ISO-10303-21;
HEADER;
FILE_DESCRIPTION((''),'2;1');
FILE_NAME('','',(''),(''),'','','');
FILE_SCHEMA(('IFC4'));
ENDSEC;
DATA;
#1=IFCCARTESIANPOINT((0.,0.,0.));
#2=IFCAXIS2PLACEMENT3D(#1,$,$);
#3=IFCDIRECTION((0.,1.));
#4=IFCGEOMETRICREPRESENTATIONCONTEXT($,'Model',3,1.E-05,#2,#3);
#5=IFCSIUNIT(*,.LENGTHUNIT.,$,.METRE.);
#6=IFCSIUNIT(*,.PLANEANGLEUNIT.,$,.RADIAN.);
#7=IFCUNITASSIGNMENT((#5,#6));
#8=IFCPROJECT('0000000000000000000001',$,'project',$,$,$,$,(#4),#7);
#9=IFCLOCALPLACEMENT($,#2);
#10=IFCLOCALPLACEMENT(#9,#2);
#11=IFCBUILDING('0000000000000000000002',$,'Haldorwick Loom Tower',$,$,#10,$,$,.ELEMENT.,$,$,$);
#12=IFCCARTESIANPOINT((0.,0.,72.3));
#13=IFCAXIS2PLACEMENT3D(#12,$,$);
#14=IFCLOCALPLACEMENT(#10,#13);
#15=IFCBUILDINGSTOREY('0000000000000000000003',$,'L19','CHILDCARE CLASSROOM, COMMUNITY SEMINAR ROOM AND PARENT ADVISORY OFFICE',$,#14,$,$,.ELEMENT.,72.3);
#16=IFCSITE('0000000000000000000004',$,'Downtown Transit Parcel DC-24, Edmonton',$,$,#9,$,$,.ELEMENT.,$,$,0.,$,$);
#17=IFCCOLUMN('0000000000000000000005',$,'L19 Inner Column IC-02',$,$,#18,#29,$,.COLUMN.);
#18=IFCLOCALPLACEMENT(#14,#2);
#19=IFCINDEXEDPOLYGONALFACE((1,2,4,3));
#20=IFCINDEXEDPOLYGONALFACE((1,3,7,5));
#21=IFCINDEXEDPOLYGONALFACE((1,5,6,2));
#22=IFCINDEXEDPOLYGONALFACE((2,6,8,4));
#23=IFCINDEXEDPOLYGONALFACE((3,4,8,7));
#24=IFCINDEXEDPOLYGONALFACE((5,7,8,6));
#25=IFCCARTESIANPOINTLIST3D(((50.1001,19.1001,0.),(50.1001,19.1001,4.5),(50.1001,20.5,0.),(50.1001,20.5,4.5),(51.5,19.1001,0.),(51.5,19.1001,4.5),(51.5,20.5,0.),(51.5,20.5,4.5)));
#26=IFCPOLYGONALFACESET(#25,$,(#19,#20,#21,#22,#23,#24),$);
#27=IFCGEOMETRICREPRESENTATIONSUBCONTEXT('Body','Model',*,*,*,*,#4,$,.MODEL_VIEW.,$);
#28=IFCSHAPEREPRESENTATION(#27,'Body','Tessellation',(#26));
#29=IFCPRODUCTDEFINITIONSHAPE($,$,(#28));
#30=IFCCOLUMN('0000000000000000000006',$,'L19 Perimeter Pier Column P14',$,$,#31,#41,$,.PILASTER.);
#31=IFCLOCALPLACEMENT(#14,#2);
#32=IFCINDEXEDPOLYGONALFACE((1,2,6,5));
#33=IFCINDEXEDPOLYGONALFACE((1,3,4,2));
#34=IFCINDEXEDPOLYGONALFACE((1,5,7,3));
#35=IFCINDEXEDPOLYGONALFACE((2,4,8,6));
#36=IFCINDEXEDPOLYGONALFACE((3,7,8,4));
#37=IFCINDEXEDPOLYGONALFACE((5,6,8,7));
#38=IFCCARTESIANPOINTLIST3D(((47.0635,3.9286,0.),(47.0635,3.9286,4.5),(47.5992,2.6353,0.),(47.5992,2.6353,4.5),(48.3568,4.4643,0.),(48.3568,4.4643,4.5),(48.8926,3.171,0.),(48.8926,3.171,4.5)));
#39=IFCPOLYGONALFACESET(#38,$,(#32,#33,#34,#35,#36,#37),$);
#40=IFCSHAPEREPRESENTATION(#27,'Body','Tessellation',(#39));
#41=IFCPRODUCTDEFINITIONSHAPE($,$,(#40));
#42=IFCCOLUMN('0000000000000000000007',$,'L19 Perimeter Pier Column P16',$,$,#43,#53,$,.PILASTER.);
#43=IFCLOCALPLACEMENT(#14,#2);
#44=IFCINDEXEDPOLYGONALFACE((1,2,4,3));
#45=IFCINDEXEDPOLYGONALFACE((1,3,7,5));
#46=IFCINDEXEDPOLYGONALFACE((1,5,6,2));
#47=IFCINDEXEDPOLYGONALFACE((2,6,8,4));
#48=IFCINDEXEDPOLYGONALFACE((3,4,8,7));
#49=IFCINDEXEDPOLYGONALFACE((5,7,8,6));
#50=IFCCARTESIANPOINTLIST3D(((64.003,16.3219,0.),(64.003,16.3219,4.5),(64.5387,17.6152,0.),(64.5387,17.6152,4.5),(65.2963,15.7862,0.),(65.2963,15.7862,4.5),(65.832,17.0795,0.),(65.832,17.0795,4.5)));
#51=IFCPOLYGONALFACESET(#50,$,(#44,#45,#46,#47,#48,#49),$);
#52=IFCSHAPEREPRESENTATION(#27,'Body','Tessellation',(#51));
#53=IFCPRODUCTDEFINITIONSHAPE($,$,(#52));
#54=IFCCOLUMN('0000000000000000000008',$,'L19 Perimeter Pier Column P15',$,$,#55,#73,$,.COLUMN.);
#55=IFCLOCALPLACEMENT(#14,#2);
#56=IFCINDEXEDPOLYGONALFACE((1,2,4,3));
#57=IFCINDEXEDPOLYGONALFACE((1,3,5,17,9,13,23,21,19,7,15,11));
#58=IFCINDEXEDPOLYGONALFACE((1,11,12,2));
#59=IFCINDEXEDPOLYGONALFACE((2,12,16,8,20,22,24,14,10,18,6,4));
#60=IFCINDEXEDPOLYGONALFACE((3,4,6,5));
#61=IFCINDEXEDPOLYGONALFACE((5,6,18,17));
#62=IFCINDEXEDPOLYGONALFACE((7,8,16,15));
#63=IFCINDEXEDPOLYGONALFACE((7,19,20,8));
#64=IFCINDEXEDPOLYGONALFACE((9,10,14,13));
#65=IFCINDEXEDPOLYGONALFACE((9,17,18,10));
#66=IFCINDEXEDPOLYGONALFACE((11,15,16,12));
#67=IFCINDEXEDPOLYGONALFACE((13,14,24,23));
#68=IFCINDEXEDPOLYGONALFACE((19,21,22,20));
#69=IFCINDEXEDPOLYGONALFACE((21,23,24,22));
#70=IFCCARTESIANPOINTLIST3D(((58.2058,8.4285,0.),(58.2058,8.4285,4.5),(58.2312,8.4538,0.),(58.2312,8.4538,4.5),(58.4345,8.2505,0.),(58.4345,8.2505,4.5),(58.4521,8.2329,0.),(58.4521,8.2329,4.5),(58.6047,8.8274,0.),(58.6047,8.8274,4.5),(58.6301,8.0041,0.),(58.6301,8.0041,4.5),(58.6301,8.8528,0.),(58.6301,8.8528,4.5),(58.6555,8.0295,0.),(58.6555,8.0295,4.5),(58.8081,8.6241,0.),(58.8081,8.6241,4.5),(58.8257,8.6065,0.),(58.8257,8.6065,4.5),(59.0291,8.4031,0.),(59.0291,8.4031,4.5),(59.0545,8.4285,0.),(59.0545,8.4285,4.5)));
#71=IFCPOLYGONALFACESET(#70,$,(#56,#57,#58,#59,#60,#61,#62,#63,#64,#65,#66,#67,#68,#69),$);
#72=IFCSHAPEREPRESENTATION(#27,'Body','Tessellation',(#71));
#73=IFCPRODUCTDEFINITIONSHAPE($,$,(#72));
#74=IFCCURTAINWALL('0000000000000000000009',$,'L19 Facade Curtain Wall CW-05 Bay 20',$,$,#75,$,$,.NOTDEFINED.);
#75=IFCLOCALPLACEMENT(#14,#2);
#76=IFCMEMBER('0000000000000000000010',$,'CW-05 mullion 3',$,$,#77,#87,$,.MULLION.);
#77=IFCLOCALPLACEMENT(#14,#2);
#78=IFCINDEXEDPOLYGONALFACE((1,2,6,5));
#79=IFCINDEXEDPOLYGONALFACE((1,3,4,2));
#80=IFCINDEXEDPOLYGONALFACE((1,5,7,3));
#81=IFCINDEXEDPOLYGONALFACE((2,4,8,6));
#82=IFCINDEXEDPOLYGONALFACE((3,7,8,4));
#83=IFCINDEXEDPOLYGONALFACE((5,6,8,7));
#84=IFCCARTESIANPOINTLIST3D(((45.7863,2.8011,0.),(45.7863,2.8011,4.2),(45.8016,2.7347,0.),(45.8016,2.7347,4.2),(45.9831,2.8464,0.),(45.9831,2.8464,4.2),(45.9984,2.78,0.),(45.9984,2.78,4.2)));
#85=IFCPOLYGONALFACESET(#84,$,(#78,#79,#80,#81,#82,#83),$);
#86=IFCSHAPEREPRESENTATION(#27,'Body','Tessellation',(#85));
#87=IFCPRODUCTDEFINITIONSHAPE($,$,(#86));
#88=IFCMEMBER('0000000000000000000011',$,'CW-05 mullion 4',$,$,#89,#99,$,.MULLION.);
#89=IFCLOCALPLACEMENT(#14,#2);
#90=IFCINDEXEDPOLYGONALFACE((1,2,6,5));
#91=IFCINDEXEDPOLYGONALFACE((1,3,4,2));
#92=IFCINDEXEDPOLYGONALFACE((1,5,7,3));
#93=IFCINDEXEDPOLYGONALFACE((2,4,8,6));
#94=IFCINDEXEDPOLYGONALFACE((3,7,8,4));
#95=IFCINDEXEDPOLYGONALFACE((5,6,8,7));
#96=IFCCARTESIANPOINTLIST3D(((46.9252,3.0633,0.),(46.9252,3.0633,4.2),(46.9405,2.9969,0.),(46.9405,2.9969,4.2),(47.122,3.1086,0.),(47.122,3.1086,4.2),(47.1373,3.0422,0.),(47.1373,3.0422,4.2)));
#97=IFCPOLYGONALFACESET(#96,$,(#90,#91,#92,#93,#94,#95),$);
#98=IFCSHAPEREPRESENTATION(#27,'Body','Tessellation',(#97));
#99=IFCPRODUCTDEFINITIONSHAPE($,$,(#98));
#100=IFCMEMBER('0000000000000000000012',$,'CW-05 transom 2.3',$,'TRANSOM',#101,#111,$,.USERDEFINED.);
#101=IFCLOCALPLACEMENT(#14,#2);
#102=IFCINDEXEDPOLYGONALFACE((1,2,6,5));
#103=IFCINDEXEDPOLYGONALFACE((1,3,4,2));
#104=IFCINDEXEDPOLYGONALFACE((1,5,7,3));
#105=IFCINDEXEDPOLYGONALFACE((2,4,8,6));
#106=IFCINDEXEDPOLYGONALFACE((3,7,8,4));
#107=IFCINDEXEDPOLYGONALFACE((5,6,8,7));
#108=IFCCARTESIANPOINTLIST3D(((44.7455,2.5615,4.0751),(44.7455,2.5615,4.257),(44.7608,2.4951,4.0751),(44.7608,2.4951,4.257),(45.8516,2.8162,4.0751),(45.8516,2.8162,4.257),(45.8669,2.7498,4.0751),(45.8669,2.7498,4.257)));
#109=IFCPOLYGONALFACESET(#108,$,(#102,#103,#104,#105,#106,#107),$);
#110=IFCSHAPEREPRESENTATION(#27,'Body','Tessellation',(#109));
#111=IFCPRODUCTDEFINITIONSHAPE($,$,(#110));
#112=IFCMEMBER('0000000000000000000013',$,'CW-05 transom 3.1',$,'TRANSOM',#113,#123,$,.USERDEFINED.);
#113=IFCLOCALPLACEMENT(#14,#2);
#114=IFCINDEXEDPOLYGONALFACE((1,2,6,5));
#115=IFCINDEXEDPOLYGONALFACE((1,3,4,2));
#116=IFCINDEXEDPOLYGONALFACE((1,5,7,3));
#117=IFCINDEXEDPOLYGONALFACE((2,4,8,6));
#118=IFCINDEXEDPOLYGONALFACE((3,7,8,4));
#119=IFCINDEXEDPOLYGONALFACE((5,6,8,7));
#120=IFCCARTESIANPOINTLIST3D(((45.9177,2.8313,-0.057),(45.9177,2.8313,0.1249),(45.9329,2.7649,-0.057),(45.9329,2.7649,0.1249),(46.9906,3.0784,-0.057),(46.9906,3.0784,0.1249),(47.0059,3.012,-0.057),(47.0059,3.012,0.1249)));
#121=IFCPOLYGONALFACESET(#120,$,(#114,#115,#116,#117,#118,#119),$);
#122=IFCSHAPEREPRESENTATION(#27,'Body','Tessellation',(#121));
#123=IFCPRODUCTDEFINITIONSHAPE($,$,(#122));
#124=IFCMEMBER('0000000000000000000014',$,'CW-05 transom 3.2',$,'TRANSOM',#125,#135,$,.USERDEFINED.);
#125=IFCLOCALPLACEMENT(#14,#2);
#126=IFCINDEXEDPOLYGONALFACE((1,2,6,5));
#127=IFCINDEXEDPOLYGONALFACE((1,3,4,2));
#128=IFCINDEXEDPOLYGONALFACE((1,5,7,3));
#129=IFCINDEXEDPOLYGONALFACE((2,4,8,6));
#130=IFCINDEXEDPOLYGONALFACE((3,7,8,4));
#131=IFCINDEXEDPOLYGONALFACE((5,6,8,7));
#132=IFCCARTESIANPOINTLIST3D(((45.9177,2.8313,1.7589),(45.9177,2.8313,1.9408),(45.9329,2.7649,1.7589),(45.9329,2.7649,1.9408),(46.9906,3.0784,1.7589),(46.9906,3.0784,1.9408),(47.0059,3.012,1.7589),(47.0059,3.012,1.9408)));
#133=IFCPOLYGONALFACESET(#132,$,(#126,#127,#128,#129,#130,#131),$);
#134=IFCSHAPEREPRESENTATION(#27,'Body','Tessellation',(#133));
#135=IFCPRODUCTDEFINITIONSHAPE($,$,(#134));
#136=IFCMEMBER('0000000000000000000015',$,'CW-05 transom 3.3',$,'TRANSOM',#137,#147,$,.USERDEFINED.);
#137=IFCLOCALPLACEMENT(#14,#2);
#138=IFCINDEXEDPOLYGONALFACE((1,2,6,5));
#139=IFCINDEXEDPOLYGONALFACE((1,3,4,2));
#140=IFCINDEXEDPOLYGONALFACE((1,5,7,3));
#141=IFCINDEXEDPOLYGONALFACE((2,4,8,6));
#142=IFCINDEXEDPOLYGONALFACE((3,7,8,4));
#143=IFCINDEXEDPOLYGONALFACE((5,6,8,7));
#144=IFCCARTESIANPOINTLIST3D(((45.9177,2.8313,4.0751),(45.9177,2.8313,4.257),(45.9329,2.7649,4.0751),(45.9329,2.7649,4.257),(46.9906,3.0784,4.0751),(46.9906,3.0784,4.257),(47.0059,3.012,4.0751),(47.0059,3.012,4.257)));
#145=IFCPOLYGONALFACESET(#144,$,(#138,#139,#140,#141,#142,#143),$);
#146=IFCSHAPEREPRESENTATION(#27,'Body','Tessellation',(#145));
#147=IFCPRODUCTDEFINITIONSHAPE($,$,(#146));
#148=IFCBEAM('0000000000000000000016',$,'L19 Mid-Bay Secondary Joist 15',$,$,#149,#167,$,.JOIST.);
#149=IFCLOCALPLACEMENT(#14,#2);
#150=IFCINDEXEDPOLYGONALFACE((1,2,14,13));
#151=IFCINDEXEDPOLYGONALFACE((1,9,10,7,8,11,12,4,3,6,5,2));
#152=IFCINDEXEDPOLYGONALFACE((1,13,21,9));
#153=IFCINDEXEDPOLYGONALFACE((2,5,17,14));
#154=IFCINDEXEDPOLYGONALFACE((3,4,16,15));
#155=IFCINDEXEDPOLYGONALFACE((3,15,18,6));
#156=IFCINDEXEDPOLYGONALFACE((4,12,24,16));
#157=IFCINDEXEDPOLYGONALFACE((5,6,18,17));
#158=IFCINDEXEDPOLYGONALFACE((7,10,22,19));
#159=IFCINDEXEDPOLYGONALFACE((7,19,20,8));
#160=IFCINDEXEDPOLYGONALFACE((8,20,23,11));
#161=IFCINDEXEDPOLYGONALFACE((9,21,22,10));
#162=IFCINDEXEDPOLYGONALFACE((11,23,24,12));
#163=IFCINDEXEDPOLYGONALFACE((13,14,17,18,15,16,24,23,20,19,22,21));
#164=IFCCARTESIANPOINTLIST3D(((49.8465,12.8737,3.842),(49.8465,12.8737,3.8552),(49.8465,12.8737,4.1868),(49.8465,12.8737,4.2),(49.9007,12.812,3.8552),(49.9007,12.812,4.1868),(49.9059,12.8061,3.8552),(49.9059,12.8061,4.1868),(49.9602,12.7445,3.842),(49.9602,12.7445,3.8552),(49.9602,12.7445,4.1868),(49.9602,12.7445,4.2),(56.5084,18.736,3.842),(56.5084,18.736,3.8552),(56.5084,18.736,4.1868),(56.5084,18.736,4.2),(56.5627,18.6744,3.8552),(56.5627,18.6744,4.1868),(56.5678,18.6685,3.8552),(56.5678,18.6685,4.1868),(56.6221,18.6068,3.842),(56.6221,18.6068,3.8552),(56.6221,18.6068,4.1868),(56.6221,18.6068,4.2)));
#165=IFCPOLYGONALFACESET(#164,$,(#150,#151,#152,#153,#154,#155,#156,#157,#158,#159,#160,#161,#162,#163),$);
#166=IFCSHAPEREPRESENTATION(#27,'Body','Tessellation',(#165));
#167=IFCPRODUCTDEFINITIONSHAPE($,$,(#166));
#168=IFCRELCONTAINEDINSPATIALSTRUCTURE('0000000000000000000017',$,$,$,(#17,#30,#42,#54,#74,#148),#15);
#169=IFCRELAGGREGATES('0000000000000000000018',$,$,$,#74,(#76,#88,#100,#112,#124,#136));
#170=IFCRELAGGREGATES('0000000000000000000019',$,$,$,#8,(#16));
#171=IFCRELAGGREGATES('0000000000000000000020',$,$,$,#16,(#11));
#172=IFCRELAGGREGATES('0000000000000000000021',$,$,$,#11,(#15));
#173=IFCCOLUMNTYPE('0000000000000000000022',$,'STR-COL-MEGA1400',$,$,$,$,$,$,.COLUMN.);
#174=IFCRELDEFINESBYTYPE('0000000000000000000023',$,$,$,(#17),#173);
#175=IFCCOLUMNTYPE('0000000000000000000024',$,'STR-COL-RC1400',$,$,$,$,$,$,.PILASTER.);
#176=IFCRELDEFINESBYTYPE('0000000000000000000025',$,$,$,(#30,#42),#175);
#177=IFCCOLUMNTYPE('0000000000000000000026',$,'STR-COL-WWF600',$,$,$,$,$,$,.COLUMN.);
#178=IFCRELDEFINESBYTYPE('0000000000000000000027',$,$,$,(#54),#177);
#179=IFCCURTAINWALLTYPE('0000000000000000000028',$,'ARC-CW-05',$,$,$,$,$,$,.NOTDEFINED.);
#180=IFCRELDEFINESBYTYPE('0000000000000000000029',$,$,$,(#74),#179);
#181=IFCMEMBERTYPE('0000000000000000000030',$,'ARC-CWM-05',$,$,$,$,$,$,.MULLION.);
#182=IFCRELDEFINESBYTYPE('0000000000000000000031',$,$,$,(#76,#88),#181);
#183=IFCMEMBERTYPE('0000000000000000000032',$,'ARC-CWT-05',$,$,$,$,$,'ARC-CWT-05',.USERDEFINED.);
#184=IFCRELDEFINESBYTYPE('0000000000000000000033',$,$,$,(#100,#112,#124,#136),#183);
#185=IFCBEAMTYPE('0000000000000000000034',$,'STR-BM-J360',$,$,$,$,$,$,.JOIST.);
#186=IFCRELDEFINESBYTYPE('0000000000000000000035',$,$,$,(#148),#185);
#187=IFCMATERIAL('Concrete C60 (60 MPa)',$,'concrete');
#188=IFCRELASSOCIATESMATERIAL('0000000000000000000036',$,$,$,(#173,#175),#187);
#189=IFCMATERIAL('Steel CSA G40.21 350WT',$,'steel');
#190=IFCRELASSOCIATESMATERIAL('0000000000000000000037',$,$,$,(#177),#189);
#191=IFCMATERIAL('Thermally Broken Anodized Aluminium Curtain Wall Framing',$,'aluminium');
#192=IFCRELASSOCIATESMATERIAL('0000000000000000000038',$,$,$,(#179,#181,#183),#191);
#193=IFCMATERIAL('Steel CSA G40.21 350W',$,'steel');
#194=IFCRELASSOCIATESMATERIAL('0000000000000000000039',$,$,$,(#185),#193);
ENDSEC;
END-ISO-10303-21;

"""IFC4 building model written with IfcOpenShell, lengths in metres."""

from ifc_helpers import new_model, si_unit, direction, frame, origin, origin_2d, place, context, subcontext, project, spatial, rectangle, i_section, extrude, material, material_profile, profile_set, type_object, element, aggregate, save


model = new_model("IFC4")

# Units and contexts
model_context = context("Model", 3, precision=1e-05, world=origin(), true_north=direction((0.0, 1.0)))
body_context = subcontext(model_context, "Body", "Model", "MODEL_VIEW")
ifc_project = project(units=[si_unit("LENGTHUNIT", "METRE"), si_unit("PLANEANGLEUNIT", "RADIAN")], contexts=[model_context])

# Site, building, storey
site_placement = place(None, origin())
site = spatial("IfcSite", under=ifc_project, at=site_placement, Name="Downtown Transit Parcel DC-24, Edmonton", CompositionType="ELEMENT", RefElevation=0.0)
building_placement = place(site_placement, origin())
building = spatial("IfcBuilding", under=site, at=building_placement, Name="Haldorwick Loom Tower", CompositionType="ELEMENT")
storey_placement = place(building_placement, frame((0.0, 0.0, 72.3)))
storey = spatial("IfcBuildingStorey", under=building, at=storey_placement, Name="L19", Description="CHILDCARE CLASSROOM, COMMUNITY SEMINAR ROOM AND PARENT ADVISORY OFFICE", CompositionType="ELEMENT", Elevation=72.3)

# Columns
ifc_material_1 = material(Name="Concrete C60 (60 MPa)", Category="concrete")
ifc_material_profile_1 = material_profile(ifc_material_1, rectangle(XDim=1.3999, YDim=1.3999, at=origin_2d()), Name="RC1400X1400", Category="concrete")
ifc_profile_set_1 = profile_set([ifc_material_profile_1], Name="Concrete C60 (60 MPa)")
column_type_1 = type_object("IfcColumnType", Name="STR-COL-MEGA1400", PredefinedType="COLUMN", material=ifc_profile_set_1)
column_1_placement = place(storey_placement, frame((50.8, 19.8, 0.0), z_axis=(0.0, 0.0, 1.0), x_axis=(1.0, 0.0, 0.0)))
element("IfcColumn", 1, at=column_1_placement, inside=storey, type_object=column_type_1, Name="L19 Inner Column IC-02", PredefinedType="COLUMN", context=body_context, shape_type="SweptSolid", body=[
    extrude(rectangle(XDim=1.3999, YDim=1.3999, at=origin_2d()), origin(), (0.0, 0.0, 1.0), 4.5),
])
ifc_material_profile_2 = material_profile(ifc_material_1, rectangle(XDim=1.3999, YDim=1.3999, at=origin_2d()), Name="RC1400X1400", Category="concrete")
ifc_profile_set_2 = profile_set([ifc_material_profile_2], Name="Concrete C60 (60 MPa)")
column_type_2 = type_object("IfcColumnType", Name="STR-COL-RC1400", PredefinedType="PILASTER", material=ifc_profile_set_2)
for number, where, z_axis, x_axis, name in (
    (2, (47.978, 3.5498, 0.0), (0.0, 0.0, 1.0), (0.382683, -0.92388, 0.0), "L19 Perimeter Pier Column P14"),
    (3, (64.9175, 16.7007, 0.0), (0.0, 0.0, 1.0), (0.92388, -0.382683, 0.0), "L19 Perimeter Pier Column P16"),
):
    element("IfcColumn", number, at=place(storey_placement, frame(where, z_axis=z_axis, x_axis=x_axis)), inside=storey, type_object=column_type_2, Name=name, PredefinedType="PILASTER", context=body_context, shape_type="SweptSolid", body=[
        extrude(rectangle(XDim=1.3999, YDim=1.3999, at=origin_2d()), origin(), (0.0, 0.0, 1.0), 4.5),
    ])
ifc_material_2 = material(Name="Steel CSA G40.21 350WT", Category="steel")
ifc_material_profile_3 = material_profile(ifc_material_2, i_section(OverallWidth=0.6001, OverallDepth=0.6001, WebThickness=0.0249, FlangeThickness=0.0359, at=origin_2d()), Name="WWF600X600", Category="steel")
ifc_profile_set_3 = profile_set([ifc_material_profile_3], Name="Steel CSA G40.21 350WT")
column_type_3 = type_object("IfcColumnType", Name="STR-COL-WWF600", PredefinedType="COLUMN", material=ifc_profile_set_3)
column_2_placement = place(storey_placement, frame((58.6301, 8.4285, 0.0), z_axis=(0.0, 0.0, 1.0), x_axis=(0.707107, -0.707107, 0.0)))
element("IfcColumn", 4, at=column_2_placement, inside=storey, type_object=column_type_3, Name="L19 Perimeter Pier Column P15", PredefinedType="COLUMN", context=body_context, shape_type="SweptSolid", body=[
    extrude(i_section(OverallWidth=0.6001, OverallDepth=0.6001, WebThickness=0.0249, FlangeThickness=0.0359, at=origin_2d()), origin(), (0.0, 0.0, 1.0), 4.5),
])

# Curtain wall, members
ifc_material_3 = material(Name="Thermally Broken Anodized Aluminium Curtain Wall Framing", Category="aluminium")
curtain_wall_type = type_object("IfcCurtainWallType", Name="ARC-CW-05", PredefinedType="NOTDEFINED", material=ifc_material_3)
curtain_wall_placement = place(storey_placement, origin())
curtain_wall = element("IfcCurtainWall", 5, at=curtain_wall_placement, inside=storey, type_object=curtain_wall_type, Name="L19 Facade Curtain Wall CW-05 Bay 20", PredefinedType="NOTDEFINED")
ifc_material_profile_4 = material_profile(ifc_material_3, rectangle(XDim=0.0681, YDim=0.2019, at=origin_2d()), Name="ALU_MUL_68X202", Category="aluminium")
ifc_profile_set_4 = profile_set([ifc_material_profile_4], Name="Thermally Broken Anodized Aluminium Curtain Wall Framing")
member_type_1 = type_object("IfcMemberType", Name="ARC-CWM-05", PredefinedType="MULLION", material=ifc_profile_set_4)
member_1_placement = place(storey_placement, frame((45.8923, 2.7905, 0.0), z_axis=(0.0, 0.0, 1.0), x_axis=(-0.224289, 0.974523, 0.0)))
member_1 = element("IfcMember", 6, at=member_1_placement, type_object=member_type_1, Name="CW-05 mullion 3", PredefinedType="MULLION", context=body_context, shape_type="SweptSolid", body=[
    extrude(rectangle(XDim=0.0681, YDim=0.2019, at=origin_2d()), origin(), (0.0, 0.0, 1.0), 4.2),
])
member_2_placement = place(storey_placement, frame((47.0312, 3.0527, 0.0), z_axis=(0.0, 0.0, 1.0), x_axis=(-0.224289, 0.974523, 0.0)))
member_2 = element("IfcMember", 7, at=member_2_placement, type_object=member_type_1, Name="CW-05 mullion 4", PredefinedType="MULLION", context=body_context, shape_type="SweptSolid", body=[
    extrude(rectangle(XDim=0.0681, YDim=0.2019, at=origin_2d()), origin(), (0.0, 0.0, 1.0), 4.2),
])
ifc_material_profile_5 = material_profile(ifc_material_3, rectangle(XDim=0.0681, YDim=0.1819, at=origin_2d()), Name="ALU_TRN_68X182", Category="aluminium")
ifc_profile_set_5 = profile_set([ifc_material_profile_5], Name="Thermally Broken Anodized Aluminium Curtain Wall Framing")
member_type_2 = type_object("IfcMemberType", Name="ARC-CWT-05", ElementType="ARC-CWT-05", PredefinedType="USERDEFINED", material=ifc_profile_set_5)
member_3_placement = place(storey_placement, frame((44.7532, 2.5283, 4.166), z_axis=(0.974503, 0.224372, 0.0), x_axis=(-0.224372, 0.974503, 0.0)))
member_3 = element("IfcMember", 8, at=member_3_placement, type_object=member_type_2, Name="CW-05 transom 2.3", ObjectType="TRANSOM", PredefinedType="USERDEFINED", context=body_context, shape_type="SweptSolid", body=[
    extrude(rectangle(XDim=0.0681, YDim=0.1819, at=origin_2d()), origin(), (0.0, 0.0, 1.0), 1.135),
])
member_4_placement = place(storey_placement, frame((45.9253, 2.7981, 0.0339), z_axis=(0.974499, 0.22439, 0.0), x_axis=(-0.22439, 0.974499, 0.0)))
member_4 = element("IfcMember", 9, at=member_4_placement, type_object=member_type_2, Name="CW-05 transom 3.1", ObjectType="TRANSOM", PredefinedType="USERDEFINED", context=body_context, shape_type="SweptSolid", body=[
    extrude(rectangle(XDim=0.0681, YDim=0.1819, at=origin_2d()), origin(), (0.0, 0.0, 1.0), 1.1011),
])
member_5_placement = place(storey_placement, frame((45.9253, 2.7981, 1.8499), z_axis=(0.974499, 0.22439, 0.0), x_axis=(-0.22439, 0.974499, 0.0)))
member_5 = element("IfcMember", 10, at=member_5_placement, type_object=member_type_2, Name="CW-05 transom 3.2", ObjectType="TRANSOM", PredefinedType="USERDEFINED", context=body_context, shape_type="SweptSolid", body=[
    extrude(rectangle(XDim=0.0681, YDim=0.1819, at=origin_2d()), origin(), (0.0, 0.0, 1.0), 1.1011),
])
member_6_placement = place(storey_placement, frame((45.9253, 2.7981, 4.166), z_axis=(0.974499, 0.22439, 0.0), x_axis=(-0.22439, 0.974499, 0.0)))
member_6 = element("IfcMember", 11, at=member_6_placement, type_object=member_type_2, Name="CW-05 transom 3.3", ObjectType="TRANSOM", PredefinedType="USERDEFINED", context=body_context, shape_type="SweptSolid", body=[
    extrude(rectangle(XDim=0.0681, YDim=0.1819, at=origin_2d()), origin(), (0.0, 0.0, 1.0), 1.1011),
])

# Beam
ifc_material_4 = material(Name="Steel CSA G40.21 350W", Category="steel")
ifc_material_profile_6 = material_profile(ifc_material_4, i_section(OverallWidth=0.1721, OverallDepth=0.3579, WebThickness=0.0078, FlangeThickness=0.0132, at=origin_2d()), Name="W360X57", Category="steel")
ifc_profile_set_6 = profile_set([ifc_material_profile_6], Name="Steel CSA G40.21 350W")
beam_type_1 = type_object("IfcBeamType", Name="STR-BM-J360", PredefinedType="JOIST", material=ifc_profile_set_6)
beam_1_placement = place(storey_placement, frame((49.9033, 12.8091, 4.021), z_axis=(0.750721, 0.660619, 0.0), x_axis=(-0.660619, 0.750721, 0.0)))
element("IfcBeam", 12, at=beam_1_placement, inside=storey, type_object=beam_type_1, Name="L19 Mid-Bay Secondary Joist 15", PredefinedType="JOIST", context=body_context, shape_type="SweptSolid", body=[
    extrude(i_section(OverallWidth=0.1721, OverallDepth=0.3579, WebThickness=0.0078, FlangeThickness=0.0132, at=origin_2d()), origin(), (0.0, 0.0, 1.0), 8.874),
])

aggregate(curtain_wall, [member_1, member_2, member_3, member_4, member_5, member_6])

save(model, "model.ifc")
